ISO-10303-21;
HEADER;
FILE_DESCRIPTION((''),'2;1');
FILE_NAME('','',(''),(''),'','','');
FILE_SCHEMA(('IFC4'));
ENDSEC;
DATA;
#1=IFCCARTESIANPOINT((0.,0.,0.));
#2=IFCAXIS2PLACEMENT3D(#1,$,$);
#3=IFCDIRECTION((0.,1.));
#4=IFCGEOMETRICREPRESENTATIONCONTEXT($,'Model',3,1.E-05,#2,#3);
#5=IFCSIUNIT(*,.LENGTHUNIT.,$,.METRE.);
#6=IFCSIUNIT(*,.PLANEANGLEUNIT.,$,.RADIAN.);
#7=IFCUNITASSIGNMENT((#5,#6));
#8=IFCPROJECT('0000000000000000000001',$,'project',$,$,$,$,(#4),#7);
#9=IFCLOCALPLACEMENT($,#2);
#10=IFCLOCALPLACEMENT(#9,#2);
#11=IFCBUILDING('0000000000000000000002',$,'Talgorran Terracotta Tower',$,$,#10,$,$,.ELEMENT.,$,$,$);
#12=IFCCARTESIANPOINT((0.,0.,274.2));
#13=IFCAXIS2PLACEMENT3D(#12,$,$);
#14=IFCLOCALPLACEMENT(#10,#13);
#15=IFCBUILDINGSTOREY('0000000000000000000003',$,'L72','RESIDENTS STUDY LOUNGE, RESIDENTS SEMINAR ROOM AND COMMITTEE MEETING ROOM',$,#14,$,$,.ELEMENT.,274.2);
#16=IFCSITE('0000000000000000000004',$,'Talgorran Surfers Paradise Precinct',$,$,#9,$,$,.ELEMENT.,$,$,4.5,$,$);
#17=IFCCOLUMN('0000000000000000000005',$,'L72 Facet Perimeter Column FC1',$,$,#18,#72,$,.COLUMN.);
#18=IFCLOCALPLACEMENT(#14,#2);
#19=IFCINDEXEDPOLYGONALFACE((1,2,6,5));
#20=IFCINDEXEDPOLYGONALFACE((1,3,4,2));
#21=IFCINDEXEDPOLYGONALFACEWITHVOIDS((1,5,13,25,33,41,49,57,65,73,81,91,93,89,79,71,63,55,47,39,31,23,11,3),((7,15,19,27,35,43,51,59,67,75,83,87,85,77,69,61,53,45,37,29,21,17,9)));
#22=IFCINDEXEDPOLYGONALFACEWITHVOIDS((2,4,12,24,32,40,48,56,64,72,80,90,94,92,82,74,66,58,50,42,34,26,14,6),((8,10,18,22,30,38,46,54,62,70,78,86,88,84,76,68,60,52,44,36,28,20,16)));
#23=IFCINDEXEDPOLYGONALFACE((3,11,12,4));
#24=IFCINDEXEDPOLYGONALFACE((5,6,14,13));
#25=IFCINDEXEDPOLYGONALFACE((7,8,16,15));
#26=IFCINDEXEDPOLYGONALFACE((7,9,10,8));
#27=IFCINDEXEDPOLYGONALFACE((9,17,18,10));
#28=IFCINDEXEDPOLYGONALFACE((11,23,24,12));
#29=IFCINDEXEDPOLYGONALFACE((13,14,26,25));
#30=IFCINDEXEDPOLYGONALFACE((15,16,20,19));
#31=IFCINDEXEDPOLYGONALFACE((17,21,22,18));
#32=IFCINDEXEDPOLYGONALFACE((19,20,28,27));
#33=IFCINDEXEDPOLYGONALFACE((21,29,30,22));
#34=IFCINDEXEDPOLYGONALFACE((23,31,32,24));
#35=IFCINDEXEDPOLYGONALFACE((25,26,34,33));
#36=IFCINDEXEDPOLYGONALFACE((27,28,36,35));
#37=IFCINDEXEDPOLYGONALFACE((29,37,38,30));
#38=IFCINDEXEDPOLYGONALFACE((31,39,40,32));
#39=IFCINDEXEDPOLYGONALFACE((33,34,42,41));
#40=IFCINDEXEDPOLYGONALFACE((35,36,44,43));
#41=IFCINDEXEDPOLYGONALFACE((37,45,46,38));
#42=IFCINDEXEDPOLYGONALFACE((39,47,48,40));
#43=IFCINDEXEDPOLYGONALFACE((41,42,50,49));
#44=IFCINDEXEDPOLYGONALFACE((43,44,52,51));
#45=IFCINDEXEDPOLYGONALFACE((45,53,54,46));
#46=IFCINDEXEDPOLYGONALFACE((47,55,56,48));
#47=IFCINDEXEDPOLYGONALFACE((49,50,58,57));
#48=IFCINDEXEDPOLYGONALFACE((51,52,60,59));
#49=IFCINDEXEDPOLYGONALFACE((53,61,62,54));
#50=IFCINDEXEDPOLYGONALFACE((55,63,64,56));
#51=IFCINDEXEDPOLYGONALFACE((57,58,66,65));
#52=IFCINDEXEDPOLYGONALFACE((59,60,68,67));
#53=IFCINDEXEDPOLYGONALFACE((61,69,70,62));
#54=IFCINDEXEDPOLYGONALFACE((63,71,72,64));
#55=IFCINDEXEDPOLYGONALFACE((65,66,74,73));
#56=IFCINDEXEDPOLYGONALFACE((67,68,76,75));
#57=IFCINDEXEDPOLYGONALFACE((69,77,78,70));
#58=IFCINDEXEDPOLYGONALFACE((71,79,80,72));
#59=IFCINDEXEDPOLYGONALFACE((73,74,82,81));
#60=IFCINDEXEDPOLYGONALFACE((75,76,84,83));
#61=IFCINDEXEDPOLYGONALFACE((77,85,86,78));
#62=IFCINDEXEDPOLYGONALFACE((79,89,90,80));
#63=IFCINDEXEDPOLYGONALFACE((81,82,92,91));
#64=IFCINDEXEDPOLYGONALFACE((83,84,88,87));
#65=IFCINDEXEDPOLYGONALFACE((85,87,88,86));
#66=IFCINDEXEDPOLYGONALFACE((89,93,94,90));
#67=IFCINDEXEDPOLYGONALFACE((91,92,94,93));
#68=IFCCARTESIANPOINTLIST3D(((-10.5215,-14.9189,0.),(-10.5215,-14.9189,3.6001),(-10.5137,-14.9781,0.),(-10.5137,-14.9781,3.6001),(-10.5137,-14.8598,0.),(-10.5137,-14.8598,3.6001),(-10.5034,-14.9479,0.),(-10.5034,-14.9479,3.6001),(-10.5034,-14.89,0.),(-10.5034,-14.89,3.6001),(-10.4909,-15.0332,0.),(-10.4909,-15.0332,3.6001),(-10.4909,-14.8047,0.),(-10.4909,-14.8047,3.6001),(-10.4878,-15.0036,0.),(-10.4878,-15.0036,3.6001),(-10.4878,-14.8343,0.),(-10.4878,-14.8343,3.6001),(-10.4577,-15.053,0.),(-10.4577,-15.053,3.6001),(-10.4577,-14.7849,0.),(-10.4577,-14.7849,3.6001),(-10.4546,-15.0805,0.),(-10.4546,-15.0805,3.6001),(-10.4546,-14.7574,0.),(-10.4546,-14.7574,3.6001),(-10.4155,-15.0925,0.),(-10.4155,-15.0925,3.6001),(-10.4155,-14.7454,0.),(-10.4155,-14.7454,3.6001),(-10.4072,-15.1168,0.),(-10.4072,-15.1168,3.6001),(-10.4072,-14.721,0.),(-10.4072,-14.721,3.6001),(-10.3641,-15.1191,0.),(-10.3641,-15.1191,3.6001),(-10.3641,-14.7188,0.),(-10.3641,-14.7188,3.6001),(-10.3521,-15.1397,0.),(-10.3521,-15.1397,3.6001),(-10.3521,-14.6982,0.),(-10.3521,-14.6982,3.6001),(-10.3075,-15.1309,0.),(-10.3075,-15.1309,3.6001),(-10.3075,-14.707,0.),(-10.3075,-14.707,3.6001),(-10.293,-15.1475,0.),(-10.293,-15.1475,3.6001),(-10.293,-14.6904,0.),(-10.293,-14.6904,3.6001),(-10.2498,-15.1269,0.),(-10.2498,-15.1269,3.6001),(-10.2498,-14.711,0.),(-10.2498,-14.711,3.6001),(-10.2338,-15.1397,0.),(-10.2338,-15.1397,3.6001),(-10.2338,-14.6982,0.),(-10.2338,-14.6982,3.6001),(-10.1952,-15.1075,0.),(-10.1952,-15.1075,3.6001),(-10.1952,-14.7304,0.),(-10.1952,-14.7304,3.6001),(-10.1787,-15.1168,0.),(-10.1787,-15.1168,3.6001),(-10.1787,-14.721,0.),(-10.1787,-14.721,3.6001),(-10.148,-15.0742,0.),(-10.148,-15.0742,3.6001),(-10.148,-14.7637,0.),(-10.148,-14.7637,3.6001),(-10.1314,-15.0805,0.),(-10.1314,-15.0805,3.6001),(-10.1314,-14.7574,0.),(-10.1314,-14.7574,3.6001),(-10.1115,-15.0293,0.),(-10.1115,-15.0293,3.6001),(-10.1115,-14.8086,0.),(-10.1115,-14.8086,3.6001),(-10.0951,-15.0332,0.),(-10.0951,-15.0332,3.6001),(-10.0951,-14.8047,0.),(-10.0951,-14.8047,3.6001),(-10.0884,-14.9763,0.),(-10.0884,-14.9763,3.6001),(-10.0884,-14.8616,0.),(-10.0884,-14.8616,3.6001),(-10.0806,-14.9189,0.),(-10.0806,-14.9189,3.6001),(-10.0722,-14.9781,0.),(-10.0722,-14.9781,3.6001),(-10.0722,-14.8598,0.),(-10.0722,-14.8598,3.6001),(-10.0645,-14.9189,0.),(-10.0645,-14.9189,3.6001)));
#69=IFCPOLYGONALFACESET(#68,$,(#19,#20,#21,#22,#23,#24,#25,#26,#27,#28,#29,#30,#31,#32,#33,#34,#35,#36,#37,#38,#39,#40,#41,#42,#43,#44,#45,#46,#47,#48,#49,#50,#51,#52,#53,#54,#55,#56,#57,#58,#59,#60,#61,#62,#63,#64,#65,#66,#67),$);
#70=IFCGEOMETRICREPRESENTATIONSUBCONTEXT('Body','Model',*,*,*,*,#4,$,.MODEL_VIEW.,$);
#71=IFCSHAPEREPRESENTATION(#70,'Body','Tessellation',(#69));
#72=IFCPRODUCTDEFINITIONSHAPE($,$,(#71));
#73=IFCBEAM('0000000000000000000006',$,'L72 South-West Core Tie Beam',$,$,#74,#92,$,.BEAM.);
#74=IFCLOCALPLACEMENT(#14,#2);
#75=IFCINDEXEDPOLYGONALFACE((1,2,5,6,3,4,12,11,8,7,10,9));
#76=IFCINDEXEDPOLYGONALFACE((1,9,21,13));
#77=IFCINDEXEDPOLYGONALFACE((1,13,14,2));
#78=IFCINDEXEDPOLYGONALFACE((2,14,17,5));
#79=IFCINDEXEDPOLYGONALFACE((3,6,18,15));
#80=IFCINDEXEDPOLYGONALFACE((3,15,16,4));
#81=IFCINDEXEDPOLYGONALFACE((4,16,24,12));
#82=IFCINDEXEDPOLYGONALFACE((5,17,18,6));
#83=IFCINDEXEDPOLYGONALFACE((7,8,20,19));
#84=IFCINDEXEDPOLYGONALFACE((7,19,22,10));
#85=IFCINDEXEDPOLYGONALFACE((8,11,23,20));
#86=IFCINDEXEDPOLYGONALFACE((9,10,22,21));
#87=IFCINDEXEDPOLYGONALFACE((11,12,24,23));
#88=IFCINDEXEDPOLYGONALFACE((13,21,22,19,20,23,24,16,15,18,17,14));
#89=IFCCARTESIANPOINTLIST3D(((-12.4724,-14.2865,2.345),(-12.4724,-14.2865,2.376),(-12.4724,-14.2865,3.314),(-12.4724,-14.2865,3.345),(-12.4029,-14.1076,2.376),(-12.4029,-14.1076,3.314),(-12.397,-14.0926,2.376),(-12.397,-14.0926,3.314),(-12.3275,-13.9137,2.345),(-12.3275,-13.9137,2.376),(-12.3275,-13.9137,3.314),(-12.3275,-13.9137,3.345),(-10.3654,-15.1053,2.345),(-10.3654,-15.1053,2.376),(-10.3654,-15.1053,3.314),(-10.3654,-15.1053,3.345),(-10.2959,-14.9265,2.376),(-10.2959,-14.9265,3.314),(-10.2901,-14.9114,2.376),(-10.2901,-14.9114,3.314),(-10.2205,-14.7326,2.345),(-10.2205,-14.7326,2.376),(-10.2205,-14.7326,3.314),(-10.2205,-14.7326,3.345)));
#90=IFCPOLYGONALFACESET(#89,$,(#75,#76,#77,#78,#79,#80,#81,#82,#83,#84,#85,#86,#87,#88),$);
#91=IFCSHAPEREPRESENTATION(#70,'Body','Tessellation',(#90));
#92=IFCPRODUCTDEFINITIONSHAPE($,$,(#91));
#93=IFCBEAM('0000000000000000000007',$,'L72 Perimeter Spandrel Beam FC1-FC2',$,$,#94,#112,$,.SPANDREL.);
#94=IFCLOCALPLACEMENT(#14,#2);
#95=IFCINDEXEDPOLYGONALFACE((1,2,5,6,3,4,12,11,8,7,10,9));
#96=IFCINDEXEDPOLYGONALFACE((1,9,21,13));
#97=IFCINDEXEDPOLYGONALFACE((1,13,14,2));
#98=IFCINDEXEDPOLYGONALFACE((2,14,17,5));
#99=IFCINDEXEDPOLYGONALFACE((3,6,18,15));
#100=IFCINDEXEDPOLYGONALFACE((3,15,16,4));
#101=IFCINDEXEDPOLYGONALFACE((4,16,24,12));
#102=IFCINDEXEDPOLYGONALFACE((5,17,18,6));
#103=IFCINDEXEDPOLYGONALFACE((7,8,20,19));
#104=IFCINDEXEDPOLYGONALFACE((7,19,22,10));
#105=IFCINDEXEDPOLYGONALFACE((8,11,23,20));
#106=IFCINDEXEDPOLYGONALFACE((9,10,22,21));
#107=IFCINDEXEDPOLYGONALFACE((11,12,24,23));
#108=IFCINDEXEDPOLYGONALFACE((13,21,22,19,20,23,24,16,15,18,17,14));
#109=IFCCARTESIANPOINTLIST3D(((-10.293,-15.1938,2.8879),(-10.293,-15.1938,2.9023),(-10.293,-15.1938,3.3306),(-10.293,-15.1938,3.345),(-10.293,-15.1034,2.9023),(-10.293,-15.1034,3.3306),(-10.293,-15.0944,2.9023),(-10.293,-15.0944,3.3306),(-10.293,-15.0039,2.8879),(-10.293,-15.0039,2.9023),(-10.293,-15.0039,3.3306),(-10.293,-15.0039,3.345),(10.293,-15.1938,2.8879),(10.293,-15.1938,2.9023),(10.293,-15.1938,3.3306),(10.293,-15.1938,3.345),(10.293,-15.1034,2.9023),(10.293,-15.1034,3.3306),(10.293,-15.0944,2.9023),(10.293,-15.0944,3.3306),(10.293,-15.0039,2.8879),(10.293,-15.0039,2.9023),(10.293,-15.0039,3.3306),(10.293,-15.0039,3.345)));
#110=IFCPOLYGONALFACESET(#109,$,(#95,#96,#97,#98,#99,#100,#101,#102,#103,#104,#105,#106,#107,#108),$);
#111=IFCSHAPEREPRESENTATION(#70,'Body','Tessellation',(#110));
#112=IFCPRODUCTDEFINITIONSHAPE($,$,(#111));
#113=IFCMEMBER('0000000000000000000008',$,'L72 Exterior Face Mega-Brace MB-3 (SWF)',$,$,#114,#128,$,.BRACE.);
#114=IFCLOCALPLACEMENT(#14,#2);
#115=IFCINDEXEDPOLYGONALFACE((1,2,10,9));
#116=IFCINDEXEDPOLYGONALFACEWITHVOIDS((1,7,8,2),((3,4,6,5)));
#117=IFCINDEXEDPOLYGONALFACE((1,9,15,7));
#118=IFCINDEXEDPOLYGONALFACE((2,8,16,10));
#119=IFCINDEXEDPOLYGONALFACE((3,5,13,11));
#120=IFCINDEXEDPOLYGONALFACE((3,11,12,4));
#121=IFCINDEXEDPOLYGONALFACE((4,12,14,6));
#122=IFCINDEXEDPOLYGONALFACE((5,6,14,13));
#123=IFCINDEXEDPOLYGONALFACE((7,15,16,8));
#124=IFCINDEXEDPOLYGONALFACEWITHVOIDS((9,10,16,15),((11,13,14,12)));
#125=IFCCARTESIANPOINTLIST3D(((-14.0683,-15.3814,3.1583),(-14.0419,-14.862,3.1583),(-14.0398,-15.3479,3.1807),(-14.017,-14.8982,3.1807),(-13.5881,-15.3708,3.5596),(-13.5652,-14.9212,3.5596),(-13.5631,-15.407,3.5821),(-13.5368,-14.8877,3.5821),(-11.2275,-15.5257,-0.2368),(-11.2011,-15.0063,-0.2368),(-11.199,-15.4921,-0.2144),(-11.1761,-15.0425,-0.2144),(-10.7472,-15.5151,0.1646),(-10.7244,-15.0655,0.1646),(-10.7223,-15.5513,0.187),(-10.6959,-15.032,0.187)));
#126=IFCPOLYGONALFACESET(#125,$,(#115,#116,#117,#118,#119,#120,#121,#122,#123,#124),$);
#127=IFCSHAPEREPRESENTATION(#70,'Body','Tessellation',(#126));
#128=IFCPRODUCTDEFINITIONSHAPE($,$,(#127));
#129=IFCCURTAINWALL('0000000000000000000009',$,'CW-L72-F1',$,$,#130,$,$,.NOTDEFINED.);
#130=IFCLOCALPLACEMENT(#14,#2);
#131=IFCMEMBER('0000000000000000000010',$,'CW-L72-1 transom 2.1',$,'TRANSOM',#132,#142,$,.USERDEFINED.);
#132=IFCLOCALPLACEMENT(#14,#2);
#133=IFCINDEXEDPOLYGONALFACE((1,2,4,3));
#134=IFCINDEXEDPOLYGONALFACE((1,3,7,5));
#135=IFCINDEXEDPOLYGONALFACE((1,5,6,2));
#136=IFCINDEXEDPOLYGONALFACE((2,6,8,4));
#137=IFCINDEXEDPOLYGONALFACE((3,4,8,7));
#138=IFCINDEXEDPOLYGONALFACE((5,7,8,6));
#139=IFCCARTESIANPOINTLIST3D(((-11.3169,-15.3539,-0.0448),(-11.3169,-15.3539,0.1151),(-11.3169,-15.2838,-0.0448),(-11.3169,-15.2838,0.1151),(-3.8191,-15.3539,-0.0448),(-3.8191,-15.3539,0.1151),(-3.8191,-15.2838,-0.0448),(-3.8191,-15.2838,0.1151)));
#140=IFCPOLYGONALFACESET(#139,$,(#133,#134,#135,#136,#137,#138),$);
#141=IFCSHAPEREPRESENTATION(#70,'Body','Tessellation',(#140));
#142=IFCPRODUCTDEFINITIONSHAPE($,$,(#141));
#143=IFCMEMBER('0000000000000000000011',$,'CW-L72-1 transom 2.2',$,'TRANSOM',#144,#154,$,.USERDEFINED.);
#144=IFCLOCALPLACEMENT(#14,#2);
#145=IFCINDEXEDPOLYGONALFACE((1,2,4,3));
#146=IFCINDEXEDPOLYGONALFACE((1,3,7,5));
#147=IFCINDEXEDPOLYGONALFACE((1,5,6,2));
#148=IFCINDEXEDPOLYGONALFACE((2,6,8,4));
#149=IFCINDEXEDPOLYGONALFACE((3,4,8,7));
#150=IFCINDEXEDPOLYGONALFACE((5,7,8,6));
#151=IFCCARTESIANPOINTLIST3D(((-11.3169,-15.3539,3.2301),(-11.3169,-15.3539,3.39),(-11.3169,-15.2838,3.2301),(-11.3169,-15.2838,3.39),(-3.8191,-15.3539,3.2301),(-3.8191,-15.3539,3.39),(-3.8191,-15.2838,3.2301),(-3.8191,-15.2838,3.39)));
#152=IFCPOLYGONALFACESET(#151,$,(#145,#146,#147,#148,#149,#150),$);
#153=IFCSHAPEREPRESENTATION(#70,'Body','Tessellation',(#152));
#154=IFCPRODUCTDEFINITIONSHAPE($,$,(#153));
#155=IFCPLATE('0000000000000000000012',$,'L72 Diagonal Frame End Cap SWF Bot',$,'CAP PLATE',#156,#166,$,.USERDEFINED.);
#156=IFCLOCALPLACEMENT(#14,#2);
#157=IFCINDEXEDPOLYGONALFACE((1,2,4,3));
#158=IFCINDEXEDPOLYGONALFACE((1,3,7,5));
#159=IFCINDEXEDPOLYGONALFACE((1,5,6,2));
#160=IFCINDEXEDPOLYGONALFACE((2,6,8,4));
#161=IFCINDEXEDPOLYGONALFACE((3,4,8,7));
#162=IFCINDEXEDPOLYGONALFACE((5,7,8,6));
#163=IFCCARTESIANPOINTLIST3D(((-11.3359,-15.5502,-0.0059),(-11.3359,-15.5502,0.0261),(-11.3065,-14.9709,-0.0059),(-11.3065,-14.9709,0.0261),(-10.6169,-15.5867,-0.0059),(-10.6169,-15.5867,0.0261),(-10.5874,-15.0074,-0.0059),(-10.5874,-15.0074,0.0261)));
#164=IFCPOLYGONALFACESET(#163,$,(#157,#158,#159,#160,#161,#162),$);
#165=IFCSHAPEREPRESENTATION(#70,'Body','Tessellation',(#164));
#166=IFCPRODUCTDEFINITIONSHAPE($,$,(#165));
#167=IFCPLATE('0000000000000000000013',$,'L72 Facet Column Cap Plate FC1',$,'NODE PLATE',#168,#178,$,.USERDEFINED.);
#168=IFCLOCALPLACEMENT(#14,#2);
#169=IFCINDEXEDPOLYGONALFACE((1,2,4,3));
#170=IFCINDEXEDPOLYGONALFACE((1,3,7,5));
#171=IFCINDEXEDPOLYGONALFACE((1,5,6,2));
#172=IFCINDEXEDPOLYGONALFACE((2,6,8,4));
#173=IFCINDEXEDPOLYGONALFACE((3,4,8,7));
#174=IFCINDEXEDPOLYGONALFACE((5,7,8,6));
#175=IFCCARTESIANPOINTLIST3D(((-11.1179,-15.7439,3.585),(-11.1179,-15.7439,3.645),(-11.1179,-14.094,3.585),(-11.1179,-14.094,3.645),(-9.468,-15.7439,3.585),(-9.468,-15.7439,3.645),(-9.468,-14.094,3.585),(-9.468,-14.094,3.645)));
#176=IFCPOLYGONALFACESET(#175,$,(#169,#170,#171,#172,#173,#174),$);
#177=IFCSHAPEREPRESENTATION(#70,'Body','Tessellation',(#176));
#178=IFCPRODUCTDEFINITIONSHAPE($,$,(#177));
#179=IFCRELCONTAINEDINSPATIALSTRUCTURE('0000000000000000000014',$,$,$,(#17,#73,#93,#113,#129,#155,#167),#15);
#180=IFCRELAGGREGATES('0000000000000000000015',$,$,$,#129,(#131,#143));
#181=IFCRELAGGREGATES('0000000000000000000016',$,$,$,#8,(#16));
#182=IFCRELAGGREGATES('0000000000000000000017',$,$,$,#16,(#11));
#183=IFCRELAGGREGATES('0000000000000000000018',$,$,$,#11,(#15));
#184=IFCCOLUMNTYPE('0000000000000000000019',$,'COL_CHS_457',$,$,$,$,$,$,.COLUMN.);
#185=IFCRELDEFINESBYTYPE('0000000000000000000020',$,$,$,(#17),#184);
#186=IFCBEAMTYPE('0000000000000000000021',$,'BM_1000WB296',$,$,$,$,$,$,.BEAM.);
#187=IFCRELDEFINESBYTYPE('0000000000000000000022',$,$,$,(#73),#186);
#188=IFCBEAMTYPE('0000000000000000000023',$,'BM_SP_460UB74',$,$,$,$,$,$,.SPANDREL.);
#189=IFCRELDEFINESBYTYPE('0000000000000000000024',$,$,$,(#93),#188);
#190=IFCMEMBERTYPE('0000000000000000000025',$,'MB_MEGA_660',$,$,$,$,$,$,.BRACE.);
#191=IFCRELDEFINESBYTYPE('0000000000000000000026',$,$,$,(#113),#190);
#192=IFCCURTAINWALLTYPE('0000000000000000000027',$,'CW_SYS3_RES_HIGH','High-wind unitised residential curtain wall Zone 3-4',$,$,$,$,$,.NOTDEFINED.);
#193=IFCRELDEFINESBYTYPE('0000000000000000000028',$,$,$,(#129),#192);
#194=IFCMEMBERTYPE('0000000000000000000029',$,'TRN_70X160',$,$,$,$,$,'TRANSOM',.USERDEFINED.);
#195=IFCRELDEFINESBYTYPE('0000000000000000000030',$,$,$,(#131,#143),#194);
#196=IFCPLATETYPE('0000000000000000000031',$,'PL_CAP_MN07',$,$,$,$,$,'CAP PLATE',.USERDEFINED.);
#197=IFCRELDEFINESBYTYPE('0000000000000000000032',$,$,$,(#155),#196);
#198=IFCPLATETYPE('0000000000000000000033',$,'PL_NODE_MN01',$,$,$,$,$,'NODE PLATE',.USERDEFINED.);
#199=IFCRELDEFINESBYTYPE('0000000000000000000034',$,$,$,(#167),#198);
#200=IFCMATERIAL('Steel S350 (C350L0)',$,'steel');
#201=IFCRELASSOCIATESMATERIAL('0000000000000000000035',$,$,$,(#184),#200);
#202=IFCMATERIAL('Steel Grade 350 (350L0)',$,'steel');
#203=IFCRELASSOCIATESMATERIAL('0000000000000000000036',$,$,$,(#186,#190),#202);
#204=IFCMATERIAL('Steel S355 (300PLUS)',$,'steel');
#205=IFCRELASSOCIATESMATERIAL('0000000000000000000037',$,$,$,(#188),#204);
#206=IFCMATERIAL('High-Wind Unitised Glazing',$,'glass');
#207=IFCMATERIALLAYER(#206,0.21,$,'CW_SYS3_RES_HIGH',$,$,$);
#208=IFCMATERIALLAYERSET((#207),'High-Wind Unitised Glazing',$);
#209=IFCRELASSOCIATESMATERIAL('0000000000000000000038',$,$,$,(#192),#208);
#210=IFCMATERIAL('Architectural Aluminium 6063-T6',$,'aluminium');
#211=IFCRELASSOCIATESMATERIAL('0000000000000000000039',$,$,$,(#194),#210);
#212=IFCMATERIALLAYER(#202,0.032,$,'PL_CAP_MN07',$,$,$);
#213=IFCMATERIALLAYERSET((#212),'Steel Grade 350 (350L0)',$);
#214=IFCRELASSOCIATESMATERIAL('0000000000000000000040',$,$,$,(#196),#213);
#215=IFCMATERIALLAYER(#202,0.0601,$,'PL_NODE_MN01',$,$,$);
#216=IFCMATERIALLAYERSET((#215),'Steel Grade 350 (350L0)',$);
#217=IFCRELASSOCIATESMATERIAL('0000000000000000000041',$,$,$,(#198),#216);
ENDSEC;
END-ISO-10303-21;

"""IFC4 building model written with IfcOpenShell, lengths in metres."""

from ifc_helpers import new_model, si_unit, direction, frame, origin, origin_2d, place, context, subcontext, project, spatial, rectangle, hollow_rectangle, hollow_circle, i_section, extrude, material, layer, layer_set, material_profile, profile_set, type_object, element, aggregate, save


model = new_model("IFC4")

# Units and contexts
model_context = context("Model", 3, precision=1e-05, world=origin(), true_north=direction((0.0, 1.0)))
body_context = subcontext(model_context, "Body", "Model", "MODEL_VIEW")
ifc_project = project(units=[si_unit("LENGTHUNIT", "METRE"), si_unit("PLANEANGLEUNIT", "RADIAN")], contexts=[model_context])

# Site, building, storey
site_placement = place(None, origin())
site = spatial("IfcSite", under=ifc_project, at=site_placement, Name="Talgorran Surfers Paradise Precinct", CompositionType="ELEMENT", RefElevation=4.5)
building_placement = place(site_placement, origin())
building = spatial("IfcBuilding", under=site, at=building_placement, Name="Talgorran Terracotta Tower", CompositionType="ELEMENT")
storey_placement = place(building_placement, frame((0.0, 0.0, 274.2)))
storey = spatial("IfcBuildingStorey", under=building, at=storey_placement, Name="L72", Description="RESIDENTS STUDY LOUNGE, RESIDENTS SEMINAR ROOM AND COMMITTEE MEETING ROOM", CompositionType="ELEMENT", Elevation=274.2)

# Column
ifc_material_1 = material(Name="Steel S350 (C350L0)", Category="steel")
ifc_material_profile_1 = material_profile(ifc_material_1, hollow_circle(Radius=0.2285, WallThickness=0.0161, at=origin_2d()), Name="CHS457X16")
ifc_profile_set_1 = profile_set([ifc_material_profile_1], Name="Steel S350 (C350L0)")
column_type = type_object("IfcColumnType", Name="COL_CHS_457", PredefinedType="COLUMN", material=ifc_profile_set_1)
column_placement = place(storey_placement, frame((-10.293, -14.9189, 0.0), z_axis=(0.0, 0.0, 1.0), x_axis=(1.0, 0.0, 0.0)))
element("IfcColumn", 1, at=column_placement, inside=storey, type_object=column_type, Name="L72 Facet Perimeter Column FC1", PredefinedType="COLUMN", context=body_context, shape_type="SweptSolid", body=[
    extrude(hollow_circle(Radius=0.2285, WallThickness=0.0161, at=origin_2d()), origin(), (0.0, 0.0, 1.0), 3.6001),
])

# Beams
ifc_material_2 = material(Name="Steel Grade 350 (350L0)", Category="steel")
ifc_material_profile_2 = material_profile(ifc_material_2, i_section(OverallWidth=0.3999, OverallDepth=1.0, WebThickness=0.0161, FlangeThickness=0.031, at=origin_2d()), Name="1000WB296")
ifc_profile_set_2 = profile_set([ifc_material_profile_2], Name="Steel Grade 350 (350L0)")
beam_type_1 = type_object("IfcBeamType", Name="BM_1000WB296", PredefinedType="BEAM", material=ifc_profile_set_2)
beam_1_placement = place(storey_placement, frame((-10.293, -14.9189, 2.845), z_axis=(-0.932082, 0.362248, 0.0), x_axis=(-0.362248, -0.932082, 0.0)))
element("IfcBeam", 2, at=beam_1_placement, inside=storey, type_object=beam_type_1, Name="L72 South-West Core Tie Beam", PredefinedType="BEAM", context=body_context, shape_type="SweptSolid", body=[
    extrude(i_section(OverallWidth=0.3999, OverallDepth=1.0, WebThickness=0.0161, FlangeThickness=0.031, at=origin_2d()), origin(), (0.0, 0.0, 1.0), 2.2605),
])
ifc_material_3 = material(Name="Steel S355 (300PLUS)", Category="steel")
ifc_material_profile_3 = material_profile(ifc_material_3, i_section(OverallWidth=0.1899, OverallDepth=0.457, WebThickness=0.009, FlangeThickness=0.0144, at=origin_2d()), Name="460UB74.6")
ifc_profile_set_3 = profile_set([ifc_material_profile_3], Name="Steel S355 (300PLUS)")
beam_type_2 = type_object("IfcBeamType", Name="BM_SP_460UB74", PredefinedType="SPANDREL", material=ifc_profile_set_3)
beam_2_placement = place(storey_placement, frame((-10.293, -15.0989, 3.1165), z_axis=(1.0, 0.0, 0.0), x_axis=(0.0, 1.0, 0.0)))
element("IfcBeam", 3, at=beam_2_placement, inside=storey, type_object=beam_type_2, Name="L72 Perimeter Spandrel Beam FC1-FC2", PredefinedType="SPANDREL", context=body_context, shape_type="SweptSolid", body=[
    extrude(i_section(OverallWidth=0.1899, OverallDepth=0.457, WebThickness=0.009, FlangeThickness=0.0144, at=origin_2d()), origin(), (0.0, 0.0, 1.0), 20.5859),
])

# Member
ifc_material_profile_4 = material_profile(ifc_material_2, hollow_rectangle(XDim=0.52, YDim=0.6599, WallThickness=0.0349, at=origin_2d()), Name="WBOX660X520X35")
ifc_profile_set_4 = profile_set([ifc_material_profile_4], Name="Steel Grade 350 (350L0)")
member_type_1 = type_object("IfcMemberType", Name="MB_MEGA_660", PredefinedType="BRACE", material=ifc_profile_set_4)
member_1_placement = place(storey_placement, frame((-10.9617, -15.2788, -0.0249), z_axis=(-0.641394, 0.032577, 0.76652), x_axis=(-0.050725, -0.998713, 0.0)))
element("IfcMember", 4, at=member_1_placement, inside=storey, type_object=member_type_1, Name="L72 Exterior Face Mega-Brace MB-3 (SWF)", PredefinedType="BRACE", context=body_context, shape_type="SweptSolid", body=[
    extrude(hollow_rectangle(XDim=0.52, YDim=0.6599, WallThickness=0.0349, at=origin_2d()), origin(), (0.0, 0.0, 1.0), 4.4292),
])

# Curtain wall, members
ifc_material_4 = material(Name="High-Wind Unitised Glazing", Category="glass")
ifc_layer_1 = layer(ifc_material_4, 0.21, Name="CW_SYS3_RES_HIGH")
ifc_layer_set_1 = layer_set([ifc_layer_1], Name="High-Wind Unitised Glazing")
curtain_wall_type = type_object("IfcCurtainWallType", Name="CW_SYS3_RES_HIGH", Description="High-wind unitised residential curtain wall Zone 3-4", PredefinedType="NOTDEFINED", material=ifc_layer_set_1)
curtain_wall_placement = place(storey_placement, origin())
curtain_wall = element("IfcCurtainWall", 5, at=curtain_wall_placement, inside=storey, type_object=curtain_wall_type, Name="CW-L72-F1", PredefinedType="NOTDEFINED")
ifc_material_5 = material(Name="Architectural Aluminium 6063-T6", Category="aluminium")
ifc_material_profile_5 = material_profile(ifc_material_5, rectangle(XDim=0.0701, YDim=0.1599, at=origin_2d()), Name="CWT70X160")
ifc_profile_set_5 = profile_set([ifc_material_profile_5], Name="Architectural Aluminium 6063-T6")
member_type_2 = type_object("IfcMemberType", Name="TRN_70X160", ElementType="TRANSOM", PredefinedType="USERDEFINED", material=ifc_profile_set_5)
member_2_placement = place(storey_placement, frame((-11.3169, -15.3188, 0.0352), z_axis=(1.0, 0.0, 0.0), x_axis=(0.0, 1.0, 0.0)))
member_2 = element("IfcMember", 6, at=member_2_placement, type_object=member_type_2, Name="CW-L72-1 transom 2.1", ObjectType="TRANSOM", PredefinedType="USERDEFINED", context=body_context, shape_type="SweptSolid", body=[
    extrude(rectangle(XDim=0.0701, YDim=0.1599, at=origin_2d()), origin(), (0.0, 0.0, 1.0), 7.4978),
])
member_3_placement = place(storey_placement, frame((-11.3169, -15.3188, 3.3101), z_axis=(1.0, 0.0, 0.0), x_axis=(0.0, 1.0, 0.0)))
member_3 = element("IfcMember", 7, at=member_3_placement, type_object=member_type_2, Name="CW-L72-1 transom 2.2", ObjectType="TRANSOM", PredefinedType="USERDEFINED", context=body_context, shape_type="SweptSolid", body=[
    extrude(rectangle(XDim=0.0701, YDim=0.1599, at=origin_2d()), origin(), (0.0, 0.0, 1.0), 7.4978),
])
aggregate(curtain_wall, [member_2, member_3])

# Plates
ifc_layer_2 = layer(ifc_material_2, 0.032, Name="PL_CAP_MN07")
ifc_layer_set_2 = layer_set([ifc_layer_2], Name="Steel Grade 350 (350L0)")
plate_type_1 = type_object("IfcPlateType", Name="PL_CAP_MN07", ElementType="CAP PLATE", PredefinedType="USERDEFINED", material=ifc_layer_set_2)
plate_1_placement = place(storey_placement, frame((-10.9617, -15.2788, -0.0059), z_axis=(0.0, 0.0, 1.0), x_axis=(-0.998711, 0.050767, 0.0)))
element("IfcPlate", 8, at=plate_1_placement, inside=storey, type_object=plate_type_1, Name="L72 Diagonal Frame End Cap SWF Bot", ObjectType="CAP PLATE", PredefinedType="USERDEFINED", context=body_context, shape_type="SweptSolid", body=[
    extrude(rectangle(XDim=0.72, YDim=0.5801, at=origin_2d()), origin(), (0.0, 0.0, 1.0), 0.032),
])
ifc_layer_3 = layer(ifc_material_2, 0.0601, Name="PL_NODE_MN01")
ifc_layer_set_3 = layer_set([ifc_layer_3], Name="Steel Grade 350 (350L0)")
plate_type_2 = type_object("IfcPlateType", Name="PL_NODE_MN01", ElementType="NODE PLATE", PredefinedType="USERDEFINED", material=ifc_layer_set_3)
plate_2_placement = place(storey_placement, frame((-10.293, -14.9189, 3.585), z_axis=(0.0, 0.0, 1.0), x_axis=(1.0, 0.0, 0.0)))
element("IfcPlate", 9, at=plate_2_placement, inside=storey, type_object=plate_type_2, Name="L72 Facet Column Cap Plate FC1", ObjectType="NODE PLATE", PredefinedType="USERDEFINED", context=body_context, shape_type="SweptSolid", body=[
    extrude(rectangle(XDim=1.6499, YDim=1.6499, at=origin_2d()), origin(), (0.0, 0.0, 1.0), 0.0601),
])

save(model, "model.ifc")
